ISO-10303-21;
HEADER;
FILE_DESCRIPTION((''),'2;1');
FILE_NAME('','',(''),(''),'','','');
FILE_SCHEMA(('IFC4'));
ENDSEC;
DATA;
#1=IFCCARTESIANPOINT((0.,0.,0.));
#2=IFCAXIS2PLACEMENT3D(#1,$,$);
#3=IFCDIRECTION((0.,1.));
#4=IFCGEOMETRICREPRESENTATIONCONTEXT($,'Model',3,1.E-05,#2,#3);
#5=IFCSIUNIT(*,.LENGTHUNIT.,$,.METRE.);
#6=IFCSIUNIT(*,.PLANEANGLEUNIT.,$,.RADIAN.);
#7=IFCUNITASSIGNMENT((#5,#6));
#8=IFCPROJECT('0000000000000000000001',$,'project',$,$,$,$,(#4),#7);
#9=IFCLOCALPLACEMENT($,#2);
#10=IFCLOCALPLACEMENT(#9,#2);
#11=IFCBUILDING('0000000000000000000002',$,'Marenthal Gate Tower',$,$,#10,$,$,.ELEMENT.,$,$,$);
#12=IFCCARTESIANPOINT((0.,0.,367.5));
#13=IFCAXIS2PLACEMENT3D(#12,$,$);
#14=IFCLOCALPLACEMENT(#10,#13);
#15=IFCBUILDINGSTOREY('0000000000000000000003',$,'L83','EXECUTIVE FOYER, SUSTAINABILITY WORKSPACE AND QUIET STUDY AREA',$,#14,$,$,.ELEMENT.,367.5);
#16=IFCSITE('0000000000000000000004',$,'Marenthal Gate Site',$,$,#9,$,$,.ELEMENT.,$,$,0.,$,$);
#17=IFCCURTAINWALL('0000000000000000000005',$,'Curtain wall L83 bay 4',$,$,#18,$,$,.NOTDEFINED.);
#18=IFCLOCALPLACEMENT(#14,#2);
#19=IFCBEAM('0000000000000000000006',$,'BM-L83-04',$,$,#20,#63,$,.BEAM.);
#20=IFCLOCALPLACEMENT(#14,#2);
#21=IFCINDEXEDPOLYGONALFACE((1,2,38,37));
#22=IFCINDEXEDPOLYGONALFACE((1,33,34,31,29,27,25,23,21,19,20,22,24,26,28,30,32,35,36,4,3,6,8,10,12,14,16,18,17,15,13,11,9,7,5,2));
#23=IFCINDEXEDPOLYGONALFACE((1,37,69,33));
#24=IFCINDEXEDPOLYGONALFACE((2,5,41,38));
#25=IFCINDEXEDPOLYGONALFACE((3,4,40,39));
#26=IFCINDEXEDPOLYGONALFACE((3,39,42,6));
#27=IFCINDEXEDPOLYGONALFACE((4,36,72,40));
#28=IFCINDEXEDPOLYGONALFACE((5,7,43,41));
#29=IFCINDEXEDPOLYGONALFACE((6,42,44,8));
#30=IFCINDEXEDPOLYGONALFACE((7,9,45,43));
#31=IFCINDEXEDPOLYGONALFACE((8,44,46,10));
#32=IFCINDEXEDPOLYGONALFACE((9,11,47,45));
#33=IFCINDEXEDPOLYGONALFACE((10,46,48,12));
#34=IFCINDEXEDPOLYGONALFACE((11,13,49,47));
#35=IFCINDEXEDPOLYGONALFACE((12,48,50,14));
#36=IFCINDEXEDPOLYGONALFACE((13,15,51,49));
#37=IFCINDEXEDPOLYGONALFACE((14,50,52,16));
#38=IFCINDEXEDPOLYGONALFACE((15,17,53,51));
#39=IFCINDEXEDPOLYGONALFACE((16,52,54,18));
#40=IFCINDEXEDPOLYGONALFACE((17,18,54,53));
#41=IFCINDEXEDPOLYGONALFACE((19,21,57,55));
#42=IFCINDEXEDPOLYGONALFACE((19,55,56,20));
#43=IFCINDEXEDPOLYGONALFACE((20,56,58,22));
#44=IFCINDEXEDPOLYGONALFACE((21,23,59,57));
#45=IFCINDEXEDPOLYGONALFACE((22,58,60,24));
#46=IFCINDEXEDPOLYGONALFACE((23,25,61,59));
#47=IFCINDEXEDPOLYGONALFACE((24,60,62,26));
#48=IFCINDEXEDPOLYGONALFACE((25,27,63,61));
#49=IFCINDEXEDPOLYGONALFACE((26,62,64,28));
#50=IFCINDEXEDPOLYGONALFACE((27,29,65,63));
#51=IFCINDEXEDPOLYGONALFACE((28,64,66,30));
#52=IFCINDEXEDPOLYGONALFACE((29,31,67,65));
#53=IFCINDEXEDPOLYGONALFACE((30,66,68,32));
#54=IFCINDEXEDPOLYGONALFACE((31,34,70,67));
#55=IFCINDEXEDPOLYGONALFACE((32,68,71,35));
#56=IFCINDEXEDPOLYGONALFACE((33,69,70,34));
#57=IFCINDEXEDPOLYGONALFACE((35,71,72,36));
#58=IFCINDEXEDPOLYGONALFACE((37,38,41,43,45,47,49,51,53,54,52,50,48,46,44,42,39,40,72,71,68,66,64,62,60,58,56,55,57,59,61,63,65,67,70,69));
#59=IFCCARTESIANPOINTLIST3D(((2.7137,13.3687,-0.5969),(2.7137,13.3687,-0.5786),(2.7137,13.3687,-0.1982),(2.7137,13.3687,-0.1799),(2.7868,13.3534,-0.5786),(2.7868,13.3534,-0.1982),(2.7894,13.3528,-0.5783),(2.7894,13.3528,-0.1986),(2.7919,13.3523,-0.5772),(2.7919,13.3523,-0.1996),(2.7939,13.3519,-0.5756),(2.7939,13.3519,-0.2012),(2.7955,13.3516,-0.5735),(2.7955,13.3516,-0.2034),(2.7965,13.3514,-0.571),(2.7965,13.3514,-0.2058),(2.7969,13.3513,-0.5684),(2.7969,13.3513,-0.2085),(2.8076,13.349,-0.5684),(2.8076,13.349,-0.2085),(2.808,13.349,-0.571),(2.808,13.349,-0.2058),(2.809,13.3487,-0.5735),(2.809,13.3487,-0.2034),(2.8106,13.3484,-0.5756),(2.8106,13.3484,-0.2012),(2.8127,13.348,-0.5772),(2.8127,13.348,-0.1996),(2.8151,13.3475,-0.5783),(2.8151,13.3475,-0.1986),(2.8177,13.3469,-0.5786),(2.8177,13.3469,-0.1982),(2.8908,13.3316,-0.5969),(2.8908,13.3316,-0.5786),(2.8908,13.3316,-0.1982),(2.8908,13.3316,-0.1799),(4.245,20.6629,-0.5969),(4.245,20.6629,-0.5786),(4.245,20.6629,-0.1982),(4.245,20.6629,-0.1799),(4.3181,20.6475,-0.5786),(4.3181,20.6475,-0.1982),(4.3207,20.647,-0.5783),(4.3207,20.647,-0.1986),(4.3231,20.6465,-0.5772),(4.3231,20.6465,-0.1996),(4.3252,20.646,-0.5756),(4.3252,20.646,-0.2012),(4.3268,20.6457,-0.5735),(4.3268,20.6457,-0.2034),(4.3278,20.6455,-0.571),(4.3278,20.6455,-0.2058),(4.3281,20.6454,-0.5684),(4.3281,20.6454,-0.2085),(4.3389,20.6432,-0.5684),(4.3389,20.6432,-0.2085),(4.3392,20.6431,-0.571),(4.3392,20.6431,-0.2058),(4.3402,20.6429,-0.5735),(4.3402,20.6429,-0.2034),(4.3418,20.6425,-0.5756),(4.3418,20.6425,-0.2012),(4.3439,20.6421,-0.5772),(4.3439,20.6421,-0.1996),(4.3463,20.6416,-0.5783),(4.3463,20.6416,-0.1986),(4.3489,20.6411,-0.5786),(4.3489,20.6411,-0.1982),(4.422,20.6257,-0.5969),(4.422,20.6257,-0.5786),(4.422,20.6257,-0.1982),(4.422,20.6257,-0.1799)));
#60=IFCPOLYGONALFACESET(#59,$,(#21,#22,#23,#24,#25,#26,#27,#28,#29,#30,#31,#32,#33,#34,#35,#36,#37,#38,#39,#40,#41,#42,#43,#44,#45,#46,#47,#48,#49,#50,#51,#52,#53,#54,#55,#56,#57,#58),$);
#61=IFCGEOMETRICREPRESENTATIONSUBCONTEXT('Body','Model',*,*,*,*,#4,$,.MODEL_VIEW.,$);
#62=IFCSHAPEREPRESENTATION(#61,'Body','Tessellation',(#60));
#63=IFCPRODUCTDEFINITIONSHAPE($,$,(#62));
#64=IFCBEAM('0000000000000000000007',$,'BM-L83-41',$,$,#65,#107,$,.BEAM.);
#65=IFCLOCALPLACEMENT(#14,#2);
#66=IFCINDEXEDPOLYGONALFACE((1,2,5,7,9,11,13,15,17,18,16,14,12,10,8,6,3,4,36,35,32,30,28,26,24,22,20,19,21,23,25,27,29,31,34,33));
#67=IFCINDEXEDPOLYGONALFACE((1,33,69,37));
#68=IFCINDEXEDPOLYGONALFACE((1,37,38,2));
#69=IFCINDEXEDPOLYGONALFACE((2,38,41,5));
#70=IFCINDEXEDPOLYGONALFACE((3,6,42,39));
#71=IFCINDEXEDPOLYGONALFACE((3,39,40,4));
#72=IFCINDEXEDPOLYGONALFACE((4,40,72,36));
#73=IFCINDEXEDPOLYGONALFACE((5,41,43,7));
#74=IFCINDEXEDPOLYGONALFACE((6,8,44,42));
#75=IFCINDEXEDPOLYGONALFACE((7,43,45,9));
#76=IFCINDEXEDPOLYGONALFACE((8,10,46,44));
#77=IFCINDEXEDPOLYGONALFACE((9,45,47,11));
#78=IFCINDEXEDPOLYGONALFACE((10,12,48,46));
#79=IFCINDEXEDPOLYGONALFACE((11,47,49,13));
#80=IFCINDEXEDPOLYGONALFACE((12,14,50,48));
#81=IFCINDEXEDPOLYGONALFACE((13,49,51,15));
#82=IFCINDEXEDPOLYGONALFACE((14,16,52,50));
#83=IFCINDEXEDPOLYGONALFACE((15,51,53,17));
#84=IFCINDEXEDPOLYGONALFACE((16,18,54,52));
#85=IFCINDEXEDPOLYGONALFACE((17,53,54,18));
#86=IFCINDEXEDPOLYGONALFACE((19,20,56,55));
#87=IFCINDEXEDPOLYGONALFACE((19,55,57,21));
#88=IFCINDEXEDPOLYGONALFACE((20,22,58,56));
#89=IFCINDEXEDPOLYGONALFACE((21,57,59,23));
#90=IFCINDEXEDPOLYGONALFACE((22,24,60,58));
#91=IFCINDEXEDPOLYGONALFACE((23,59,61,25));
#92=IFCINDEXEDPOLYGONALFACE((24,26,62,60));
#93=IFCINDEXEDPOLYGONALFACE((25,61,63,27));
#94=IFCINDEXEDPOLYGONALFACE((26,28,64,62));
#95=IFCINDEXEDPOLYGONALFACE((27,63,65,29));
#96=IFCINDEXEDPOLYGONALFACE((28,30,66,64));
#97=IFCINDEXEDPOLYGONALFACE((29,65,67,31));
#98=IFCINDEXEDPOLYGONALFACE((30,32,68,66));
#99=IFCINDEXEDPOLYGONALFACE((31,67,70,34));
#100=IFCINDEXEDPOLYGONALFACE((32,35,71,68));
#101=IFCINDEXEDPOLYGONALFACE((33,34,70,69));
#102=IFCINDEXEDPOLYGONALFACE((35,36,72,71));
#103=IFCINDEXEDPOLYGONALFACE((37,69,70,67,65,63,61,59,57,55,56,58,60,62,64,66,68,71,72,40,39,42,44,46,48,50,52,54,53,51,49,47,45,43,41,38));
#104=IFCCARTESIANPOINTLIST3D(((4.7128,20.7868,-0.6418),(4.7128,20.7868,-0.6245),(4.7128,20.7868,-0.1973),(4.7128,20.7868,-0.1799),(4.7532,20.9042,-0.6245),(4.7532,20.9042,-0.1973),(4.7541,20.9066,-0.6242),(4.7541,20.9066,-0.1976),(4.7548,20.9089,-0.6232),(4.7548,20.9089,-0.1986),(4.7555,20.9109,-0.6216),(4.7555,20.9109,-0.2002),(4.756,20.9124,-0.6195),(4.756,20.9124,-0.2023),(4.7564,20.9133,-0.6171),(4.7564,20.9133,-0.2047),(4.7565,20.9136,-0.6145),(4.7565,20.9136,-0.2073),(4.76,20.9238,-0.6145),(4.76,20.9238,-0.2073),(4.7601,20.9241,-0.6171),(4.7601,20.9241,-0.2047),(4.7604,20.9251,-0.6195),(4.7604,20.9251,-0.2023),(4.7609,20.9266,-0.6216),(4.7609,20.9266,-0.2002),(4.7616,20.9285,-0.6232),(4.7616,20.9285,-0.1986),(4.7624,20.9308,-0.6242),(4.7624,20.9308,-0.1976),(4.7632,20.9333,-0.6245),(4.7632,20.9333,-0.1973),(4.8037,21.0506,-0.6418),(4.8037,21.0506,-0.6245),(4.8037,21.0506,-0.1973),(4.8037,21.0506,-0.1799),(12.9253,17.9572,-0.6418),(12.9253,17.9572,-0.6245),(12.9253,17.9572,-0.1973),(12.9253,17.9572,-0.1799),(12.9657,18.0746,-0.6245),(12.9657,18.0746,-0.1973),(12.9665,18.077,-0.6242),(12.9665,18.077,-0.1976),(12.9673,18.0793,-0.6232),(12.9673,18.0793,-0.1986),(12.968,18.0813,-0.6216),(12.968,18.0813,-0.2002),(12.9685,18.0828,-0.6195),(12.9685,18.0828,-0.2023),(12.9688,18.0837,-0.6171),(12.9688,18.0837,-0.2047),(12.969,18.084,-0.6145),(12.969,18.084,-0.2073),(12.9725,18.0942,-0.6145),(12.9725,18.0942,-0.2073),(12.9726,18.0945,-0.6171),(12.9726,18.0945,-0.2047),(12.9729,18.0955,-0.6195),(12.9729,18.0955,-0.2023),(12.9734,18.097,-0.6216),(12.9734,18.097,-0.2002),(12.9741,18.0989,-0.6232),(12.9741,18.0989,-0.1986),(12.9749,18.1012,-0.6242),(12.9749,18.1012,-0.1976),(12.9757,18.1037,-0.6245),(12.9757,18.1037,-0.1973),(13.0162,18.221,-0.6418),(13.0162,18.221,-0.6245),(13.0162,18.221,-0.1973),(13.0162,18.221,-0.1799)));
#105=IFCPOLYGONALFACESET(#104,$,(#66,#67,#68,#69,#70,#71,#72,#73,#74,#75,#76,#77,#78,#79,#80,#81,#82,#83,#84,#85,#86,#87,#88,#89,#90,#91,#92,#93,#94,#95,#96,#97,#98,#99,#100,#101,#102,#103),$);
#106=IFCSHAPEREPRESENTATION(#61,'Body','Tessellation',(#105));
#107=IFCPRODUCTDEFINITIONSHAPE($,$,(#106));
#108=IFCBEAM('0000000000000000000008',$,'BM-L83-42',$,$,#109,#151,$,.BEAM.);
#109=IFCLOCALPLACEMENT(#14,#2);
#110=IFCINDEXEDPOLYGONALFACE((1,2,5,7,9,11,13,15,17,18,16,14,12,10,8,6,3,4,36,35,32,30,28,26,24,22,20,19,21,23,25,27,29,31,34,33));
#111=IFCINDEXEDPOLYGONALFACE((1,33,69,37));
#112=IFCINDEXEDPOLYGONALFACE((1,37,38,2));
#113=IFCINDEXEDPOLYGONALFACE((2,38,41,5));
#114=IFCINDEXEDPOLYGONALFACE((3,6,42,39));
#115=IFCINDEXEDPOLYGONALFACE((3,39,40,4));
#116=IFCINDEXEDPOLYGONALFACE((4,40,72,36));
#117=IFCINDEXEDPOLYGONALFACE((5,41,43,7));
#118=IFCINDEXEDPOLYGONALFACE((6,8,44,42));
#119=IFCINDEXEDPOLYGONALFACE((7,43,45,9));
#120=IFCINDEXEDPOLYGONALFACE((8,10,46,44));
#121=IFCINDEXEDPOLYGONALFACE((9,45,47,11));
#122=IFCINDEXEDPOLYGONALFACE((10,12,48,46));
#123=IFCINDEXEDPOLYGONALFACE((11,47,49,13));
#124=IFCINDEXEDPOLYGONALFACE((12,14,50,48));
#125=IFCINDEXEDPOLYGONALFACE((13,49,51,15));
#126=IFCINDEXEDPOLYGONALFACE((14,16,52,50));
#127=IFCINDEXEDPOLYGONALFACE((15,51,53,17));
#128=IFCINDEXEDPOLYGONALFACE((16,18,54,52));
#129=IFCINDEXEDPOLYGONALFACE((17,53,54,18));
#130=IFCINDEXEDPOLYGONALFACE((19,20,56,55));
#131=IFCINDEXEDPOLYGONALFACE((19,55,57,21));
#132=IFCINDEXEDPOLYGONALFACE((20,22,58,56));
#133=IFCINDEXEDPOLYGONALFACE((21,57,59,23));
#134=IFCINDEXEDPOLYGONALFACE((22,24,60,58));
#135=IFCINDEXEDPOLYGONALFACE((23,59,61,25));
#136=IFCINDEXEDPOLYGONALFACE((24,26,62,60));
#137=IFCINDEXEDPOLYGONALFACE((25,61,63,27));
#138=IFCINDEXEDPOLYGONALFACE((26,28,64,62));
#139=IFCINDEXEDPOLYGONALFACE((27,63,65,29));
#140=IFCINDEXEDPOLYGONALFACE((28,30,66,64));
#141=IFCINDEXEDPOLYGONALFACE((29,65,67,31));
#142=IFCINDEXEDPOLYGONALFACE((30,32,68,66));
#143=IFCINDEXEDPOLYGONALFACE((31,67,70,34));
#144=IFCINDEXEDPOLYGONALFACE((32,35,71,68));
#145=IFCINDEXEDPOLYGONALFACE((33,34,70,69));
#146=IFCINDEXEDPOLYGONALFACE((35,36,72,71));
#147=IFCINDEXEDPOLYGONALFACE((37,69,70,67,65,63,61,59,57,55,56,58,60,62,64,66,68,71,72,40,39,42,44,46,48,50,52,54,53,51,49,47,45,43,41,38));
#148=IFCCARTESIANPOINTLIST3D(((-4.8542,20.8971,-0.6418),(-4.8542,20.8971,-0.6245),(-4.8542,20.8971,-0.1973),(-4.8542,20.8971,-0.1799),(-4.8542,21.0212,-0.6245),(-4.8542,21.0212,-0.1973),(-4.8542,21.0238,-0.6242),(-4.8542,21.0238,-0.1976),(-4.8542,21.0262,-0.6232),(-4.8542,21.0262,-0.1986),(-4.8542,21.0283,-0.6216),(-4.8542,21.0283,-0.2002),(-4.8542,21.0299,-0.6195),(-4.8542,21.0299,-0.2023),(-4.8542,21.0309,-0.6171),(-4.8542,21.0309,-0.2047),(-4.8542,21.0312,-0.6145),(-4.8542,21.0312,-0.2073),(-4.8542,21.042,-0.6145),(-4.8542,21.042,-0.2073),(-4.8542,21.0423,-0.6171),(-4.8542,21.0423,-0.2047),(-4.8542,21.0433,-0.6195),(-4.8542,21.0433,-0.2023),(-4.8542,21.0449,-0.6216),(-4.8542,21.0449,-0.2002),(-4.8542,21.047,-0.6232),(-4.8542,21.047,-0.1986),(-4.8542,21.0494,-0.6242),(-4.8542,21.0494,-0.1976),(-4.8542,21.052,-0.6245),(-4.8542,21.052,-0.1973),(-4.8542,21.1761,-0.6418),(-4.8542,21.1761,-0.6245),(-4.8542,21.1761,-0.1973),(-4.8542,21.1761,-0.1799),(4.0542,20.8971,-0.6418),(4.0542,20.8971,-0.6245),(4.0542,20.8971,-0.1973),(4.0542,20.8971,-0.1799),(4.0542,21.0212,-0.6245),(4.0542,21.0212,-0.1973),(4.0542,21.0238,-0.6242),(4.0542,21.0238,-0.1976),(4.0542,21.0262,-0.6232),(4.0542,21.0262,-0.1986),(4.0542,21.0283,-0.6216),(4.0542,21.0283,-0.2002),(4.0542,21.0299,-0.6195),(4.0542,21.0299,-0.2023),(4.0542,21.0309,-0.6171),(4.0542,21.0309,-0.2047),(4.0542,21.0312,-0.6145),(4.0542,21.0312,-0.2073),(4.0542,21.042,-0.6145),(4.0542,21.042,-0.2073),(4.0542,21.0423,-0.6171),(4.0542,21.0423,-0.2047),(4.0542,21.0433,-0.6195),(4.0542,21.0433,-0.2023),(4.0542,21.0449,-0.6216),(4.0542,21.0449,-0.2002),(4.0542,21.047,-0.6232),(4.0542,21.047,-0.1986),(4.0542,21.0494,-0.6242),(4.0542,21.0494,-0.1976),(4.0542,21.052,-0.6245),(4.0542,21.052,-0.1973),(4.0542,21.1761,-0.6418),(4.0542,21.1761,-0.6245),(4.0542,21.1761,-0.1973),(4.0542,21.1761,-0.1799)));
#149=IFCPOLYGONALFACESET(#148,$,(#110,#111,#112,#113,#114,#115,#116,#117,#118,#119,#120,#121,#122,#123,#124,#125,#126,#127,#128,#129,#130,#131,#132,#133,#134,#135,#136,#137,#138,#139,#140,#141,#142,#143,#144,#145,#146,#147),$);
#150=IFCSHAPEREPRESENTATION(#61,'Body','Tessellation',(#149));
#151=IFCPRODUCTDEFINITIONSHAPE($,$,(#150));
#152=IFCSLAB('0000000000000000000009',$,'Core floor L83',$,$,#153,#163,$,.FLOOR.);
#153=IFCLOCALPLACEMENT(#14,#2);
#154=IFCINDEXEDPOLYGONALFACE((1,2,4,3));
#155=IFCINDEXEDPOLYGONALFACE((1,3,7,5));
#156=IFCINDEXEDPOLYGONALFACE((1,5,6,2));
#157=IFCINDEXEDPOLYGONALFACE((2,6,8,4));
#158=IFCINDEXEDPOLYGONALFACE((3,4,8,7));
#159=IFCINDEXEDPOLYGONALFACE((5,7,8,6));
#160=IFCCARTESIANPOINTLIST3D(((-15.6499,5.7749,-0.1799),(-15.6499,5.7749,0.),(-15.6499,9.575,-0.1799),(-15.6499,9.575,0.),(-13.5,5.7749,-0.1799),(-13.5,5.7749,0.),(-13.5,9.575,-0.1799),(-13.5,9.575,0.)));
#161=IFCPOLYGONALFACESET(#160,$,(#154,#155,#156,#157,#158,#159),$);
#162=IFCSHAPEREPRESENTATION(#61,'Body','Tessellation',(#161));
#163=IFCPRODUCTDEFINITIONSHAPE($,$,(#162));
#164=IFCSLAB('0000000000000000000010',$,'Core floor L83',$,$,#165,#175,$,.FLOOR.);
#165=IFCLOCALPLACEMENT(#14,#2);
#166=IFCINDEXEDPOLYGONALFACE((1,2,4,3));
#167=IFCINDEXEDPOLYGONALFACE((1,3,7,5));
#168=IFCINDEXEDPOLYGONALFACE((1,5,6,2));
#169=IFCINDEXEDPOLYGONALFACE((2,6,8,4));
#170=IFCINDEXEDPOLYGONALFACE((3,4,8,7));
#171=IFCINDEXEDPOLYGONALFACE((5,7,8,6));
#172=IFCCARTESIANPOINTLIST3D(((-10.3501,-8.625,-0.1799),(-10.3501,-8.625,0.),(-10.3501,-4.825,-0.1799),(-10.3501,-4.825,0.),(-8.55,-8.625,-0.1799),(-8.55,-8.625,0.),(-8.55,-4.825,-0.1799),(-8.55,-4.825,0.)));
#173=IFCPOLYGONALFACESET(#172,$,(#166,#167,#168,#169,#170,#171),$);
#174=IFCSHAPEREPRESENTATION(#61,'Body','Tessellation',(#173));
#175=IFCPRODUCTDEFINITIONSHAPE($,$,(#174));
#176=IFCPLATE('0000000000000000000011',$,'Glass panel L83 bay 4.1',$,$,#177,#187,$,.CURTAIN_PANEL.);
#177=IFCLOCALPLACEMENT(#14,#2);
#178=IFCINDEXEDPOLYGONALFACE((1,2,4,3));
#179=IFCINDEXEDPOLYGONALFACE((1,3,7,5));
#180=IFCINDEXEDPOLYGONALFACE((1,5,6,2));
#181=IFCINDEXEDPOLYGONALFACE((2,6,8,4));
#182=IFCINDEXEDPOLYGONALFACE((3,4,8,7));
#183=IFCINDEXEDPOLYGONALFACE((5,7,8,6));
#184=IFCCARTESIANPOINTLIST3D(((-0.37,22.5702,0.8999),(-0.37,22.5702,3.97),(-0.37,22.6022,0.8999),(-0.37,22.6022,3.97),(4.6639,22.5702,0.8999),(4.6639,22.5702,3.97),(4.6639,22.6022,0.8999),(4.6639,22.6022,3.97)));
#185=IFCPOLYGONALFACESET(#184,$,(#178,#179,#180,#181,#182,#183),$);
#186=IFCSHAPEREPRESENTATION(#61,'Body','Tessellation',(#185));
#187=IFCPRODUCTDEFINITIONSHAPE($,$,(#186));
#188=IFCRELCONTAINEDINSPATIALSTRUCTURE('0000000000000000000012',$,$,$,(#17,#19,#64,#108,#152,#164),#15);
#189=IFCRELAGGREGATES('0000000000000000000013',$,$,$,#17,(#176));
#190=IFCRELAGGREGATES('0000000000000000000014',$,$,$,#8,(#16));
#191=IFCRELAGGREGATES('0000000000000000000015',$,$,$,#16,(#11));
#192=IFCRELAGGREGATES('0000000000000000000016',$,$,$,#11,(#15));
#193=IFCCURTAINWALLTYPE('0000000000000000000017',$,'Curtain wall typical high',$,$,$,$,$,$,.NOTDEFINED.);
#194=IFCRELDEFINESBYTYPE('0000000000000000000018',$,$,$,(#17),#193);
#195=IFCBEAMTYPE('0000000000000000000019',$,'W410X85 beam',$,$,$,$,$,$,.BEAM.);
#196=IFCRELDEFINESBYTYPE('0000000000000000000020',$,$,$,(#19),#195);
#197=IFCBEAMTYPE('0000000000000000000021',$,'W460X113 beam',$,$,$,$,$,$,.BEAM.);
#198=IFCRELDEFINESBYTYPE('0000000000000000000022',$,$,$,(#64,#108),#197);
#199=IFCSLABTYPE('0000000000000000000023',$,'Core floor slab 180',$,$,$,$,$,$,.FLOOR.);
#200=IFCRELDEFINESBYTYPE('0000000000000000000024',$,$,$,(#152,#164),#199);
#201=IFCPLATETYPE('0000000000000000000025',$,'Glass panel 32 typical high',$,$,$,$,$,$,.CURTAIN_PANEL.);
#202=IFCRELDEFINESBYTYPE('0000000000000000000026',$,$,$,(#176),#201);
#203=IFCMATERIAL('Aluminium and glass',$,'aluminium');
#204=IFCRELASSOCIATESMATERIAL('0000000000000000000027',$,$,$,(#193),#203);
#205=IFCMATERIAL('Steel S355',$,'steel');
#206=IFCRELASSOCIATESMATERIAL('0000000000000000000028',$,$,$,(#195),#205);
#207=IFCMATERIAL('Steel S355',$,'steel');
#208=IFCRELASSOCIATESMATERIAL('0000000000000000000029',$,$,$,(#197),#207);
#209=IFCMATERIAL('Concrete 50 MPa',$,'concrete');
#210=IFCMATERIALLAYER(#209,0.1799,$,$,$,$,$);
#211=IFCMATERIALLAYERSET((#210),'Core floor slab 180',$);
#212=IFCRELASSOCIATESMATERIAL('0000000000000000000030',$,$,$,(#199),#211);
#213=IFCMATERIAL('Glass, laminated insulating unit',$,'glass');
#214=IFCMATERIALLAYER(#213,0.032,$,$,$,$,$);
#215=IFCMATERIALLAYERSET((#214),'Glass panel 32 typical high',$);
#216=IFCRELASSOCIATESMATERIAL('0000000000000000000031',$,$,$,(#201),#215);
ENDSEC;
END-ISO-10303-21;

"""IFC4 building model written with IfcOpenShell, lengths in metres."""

from ifc_helpers import new_model, si_unit, direction, frame, origin, origin_2d, place, context, subcontext, project, spatial, polyline, rectangle, i_section, outline, extrude, material, layer, layer_set, material_profile, profile_set, type_object, element, aggregate, save


model = new_model("IFC4")

# Units and contexts
model_context = context("Model", 3, precision=1e-05, world=origin(), true_north=direction((0.0, 1.0)))
body_context = subcontext(model_context, "Body", "Model", "MODEL_VIEW")
ifc_project = project(units=[si_unit("LENGTHUNIT", "METRE"), si_unit("PLANEANGLEUNIT", "RADIAN")], contexts=[model_context])

# Site, building, storey
site_placement = place(None, origin())
site = spatial("IfcSite", under=ifc_project, at=site_placement, Name="Marenthal Gate Site", CompositionType="ELEMENT", RefElevation=0.0)
building_placement = place(site_placement, origin())
building = spatial("IfcBuilding", under=site, at=building_placement, Name="Marenthal Gate Tower", CompositionType="ELEMENT")
storey_placement = place(building_placement, frame((0.0, 0.0, 367.5)))
storey = spatial("IfcBuildingStorey", under=building, at=storey_placement, Name="L83", Description="EXECUTIVE FOYER, SUSTAINABILITY WORKSPACE AND QUIET STUDY AREA", CompositionType="ELEMENT", Elevation=367.5)

# Curtain wall
ifc_material_1 = material(Name="Aluminium and glass", Category="aluminium")
curtain_wall_type = type_object("IfcCurtainWallType", Name="Curtain wall typical high", PredefinedType="NOTDEFINED", material=ifc_material_1)
curtain_wall_placement = place(storey_placement, origin())
curtain_wall = element("IfcCurtainWall", 1, at=curtain_wall_placement, inside=storey, type_object=curtain_wall_type, Name="Curtain wall L83 bay 4", PredefinedType="NOTDEFINED")

# Beams
ifc_material_2 = material(Name="Steel S355", Category="steel")
ifc_material_profile_1 = material_profile(ifc_material_2, i_section(OverallWidth=0.1809, OverallDepth=0.417, WebThickness=0.011, FlangeThickness=0.0183, FilletRadius=0.0103, at=origin_2d()), Name="W410X85")
ifc_profile_set_1 = profile_set([ifc_material_profile_1], Name="Steel S355")
beam_type_1 = type_object("IfcBeamType", Name="W410X85 beam", PredefinedType="BEAM", material=ifc_profile_set_1)
beam_1_placement = place(storey_placement, frame((4.3335, 20.6443, -0.3884), z_axis=(-0.205449, -0.978668, 0.0), x_axis=(0.978668, -0.205449, 0.0)))
element("IfcBeam", 2, at=beam_1_placement, inside=storey, type_object=beam_type_1, Name="BM-L83-04", PredefinedType="BEAM", context=body_context, shape_type="SweptSolid", body=[
    extrude(i_section(OverallWidth=0.1809, OverallDepth=0.417, WebThickness=0.011, FlangeThickness=0.0183, FilletRadius=0.0103, at=origin_2d()), origin(), (0.0, 0.0, 1.0), 7.4531),
])
ifc_material_3 = material(Name="Steel S355", Category="steel")
ifc_material_profile_2 = material_profile(ifc_material_3, i_section(OverallWidth=0.2791, OverallDepth=0.4619, WebThickness=0.0107, FlangeThickness=0.0173, FilletRadius=0.01, at=origin_2d()), Name="W460X113")
ifc_profile_set_2 = profile_set([ifc_material_profile_2], Name="Steel S355")
beam_type_2 = type_object("IfcBeamType", Name="W460X113 beam", PredefinedType="BEAM", material=ifc_profile_set_2)
beam_2_placement = place(storey_placement, frame((12.9707, 18.0891, -0.4109), z_axis=(-0.945454, 0.325757, 0.0), x_axis=(-0.325757, -0.945454, 0.0)))
element("IfcBeam", 3, at=beam_2_placement, inside=storey, type_object=beam_type_2, Name="BM-L83-41", PredefinedType="BEAM", context=body_context, shape_type="SweptSolid", body=[
    extrude(i_section(OverallWidth=0.2791, OverallDepth=0.4619, WebThickness=0.0107, FlangeThickness=0.0173, FilletRadius=0.01, at=origin_2d()), origin(), (0.0, 0.0, 1.0), 8.6863),
])
beam_3_placement = place(storey_placement, frame((4.0542, 21.0366, -0.4109), z_axis=(-1.0, 0.0, 0.0), x_axis=(0.0, -1.0, 0.0)))
element("IfcBeam", 4, at=beam_3_placement, inside=storey, type_object=beam_type_2, Name="BM-L83-42", PredefinedType="BEAM", context=body_context, shape_type="SweptSolid", body=[
    extrude(i_section(OverallWidth=0.2791, OverallDepth=0.4619, WebThickness=0.0107, FlangeThickness=0.0173, FilletRadius=0.01, at=origin_2d()), origin(), (0.0, 0.0, 1.0), 8.9084),
])

# Slabs
ifc_material_4 = material(Name="Concrete 50 MPa", Category="concrete")
ifc_layer_1 = layer(ifc_material_4, 0.1799)
ifc_layer_set_1 = layer_set([ifc_layer_1], Name="Core floor slab 180")
slab_type_1 = type_object("IfcSlabType", Name="Core floor slab 180", PredefinedType="FLOOR", material=ifc_layer_set_1)
slab_1_placement = place(storey_placement, frame((0.0, 0.0, -0.1799)))
element("IfcSlab", 5, at=slab_1_placement, inside=storey, type_object=slab_type_1, Name="Core floor L83", PredefinedType="FLOOR", context=body_context, shape_type="SweptSolid", body=[
    extrude(outline(polyline([(-15.6499, 9.575), (-13.5, 9.575), (-13.5, 5.7749), (-15.6499, 5.7749), (-15.6499, 9.575)])), origin(), (0.0, 0.0, 1.0), 0.1799),
])
slab_2_placement = place(storey_placement, frame((0.0, 0.0, -0.1799)))
element("IfcSlab", 6, at=slab_2_placement, inside=storey, type_object=slab_type_1, Name="Core floor L83", PredefinedType="FLOOR", context=body_context, shape_type="SweptSolid", body=[
    extrude(outline(polyline([(-8.55, -4.825), (-8.55, -8.625), (-10.3501, -8.625), (-10.3501, -4.825), (-8.55, -4.825)])), origin(), (0.0, 0.0, 1.0), 0.1799),
])

# Plate
ifc_material_5 = material(Name="Glass, laminated insulating unit", Category="glass")
ifc_layer_2 = layer(ifc_material_5, 0.032)
ifc_layer_set_2 = layer_set([ifc_layer_2], Name="Glass panel 32 typical high")
plate_type = type_object("IfcPlateType", Name="Glass panel 32 typical high", PredefinedType="CURTAIN_PANEL", material=ifc_layer_set_2)
plate_placement = place(storey_placement, frame((2.147, 22.5862, 0.8999), z_axis=(0.0, 0.0, 1.0), x_axis=(-1.0, 0.0, 0.0)))
plate = element("IfcPlate", 7, at=plate_placement, type_object=plate_type, Name="Glass panel L83 bay 4.1", PredefinedType="CURTAIN_PANEL", context=body_context, shape_type="SweptSolid", body=[
    extrude(rectangle(XDim=5.0339, YDim=0.032, at=origin_2d()), origin(), (0.0, 0.0, 1.0), 3.0701),
])
aggregate(curtain_wall, [plate])

save(model, "model.ifc")
